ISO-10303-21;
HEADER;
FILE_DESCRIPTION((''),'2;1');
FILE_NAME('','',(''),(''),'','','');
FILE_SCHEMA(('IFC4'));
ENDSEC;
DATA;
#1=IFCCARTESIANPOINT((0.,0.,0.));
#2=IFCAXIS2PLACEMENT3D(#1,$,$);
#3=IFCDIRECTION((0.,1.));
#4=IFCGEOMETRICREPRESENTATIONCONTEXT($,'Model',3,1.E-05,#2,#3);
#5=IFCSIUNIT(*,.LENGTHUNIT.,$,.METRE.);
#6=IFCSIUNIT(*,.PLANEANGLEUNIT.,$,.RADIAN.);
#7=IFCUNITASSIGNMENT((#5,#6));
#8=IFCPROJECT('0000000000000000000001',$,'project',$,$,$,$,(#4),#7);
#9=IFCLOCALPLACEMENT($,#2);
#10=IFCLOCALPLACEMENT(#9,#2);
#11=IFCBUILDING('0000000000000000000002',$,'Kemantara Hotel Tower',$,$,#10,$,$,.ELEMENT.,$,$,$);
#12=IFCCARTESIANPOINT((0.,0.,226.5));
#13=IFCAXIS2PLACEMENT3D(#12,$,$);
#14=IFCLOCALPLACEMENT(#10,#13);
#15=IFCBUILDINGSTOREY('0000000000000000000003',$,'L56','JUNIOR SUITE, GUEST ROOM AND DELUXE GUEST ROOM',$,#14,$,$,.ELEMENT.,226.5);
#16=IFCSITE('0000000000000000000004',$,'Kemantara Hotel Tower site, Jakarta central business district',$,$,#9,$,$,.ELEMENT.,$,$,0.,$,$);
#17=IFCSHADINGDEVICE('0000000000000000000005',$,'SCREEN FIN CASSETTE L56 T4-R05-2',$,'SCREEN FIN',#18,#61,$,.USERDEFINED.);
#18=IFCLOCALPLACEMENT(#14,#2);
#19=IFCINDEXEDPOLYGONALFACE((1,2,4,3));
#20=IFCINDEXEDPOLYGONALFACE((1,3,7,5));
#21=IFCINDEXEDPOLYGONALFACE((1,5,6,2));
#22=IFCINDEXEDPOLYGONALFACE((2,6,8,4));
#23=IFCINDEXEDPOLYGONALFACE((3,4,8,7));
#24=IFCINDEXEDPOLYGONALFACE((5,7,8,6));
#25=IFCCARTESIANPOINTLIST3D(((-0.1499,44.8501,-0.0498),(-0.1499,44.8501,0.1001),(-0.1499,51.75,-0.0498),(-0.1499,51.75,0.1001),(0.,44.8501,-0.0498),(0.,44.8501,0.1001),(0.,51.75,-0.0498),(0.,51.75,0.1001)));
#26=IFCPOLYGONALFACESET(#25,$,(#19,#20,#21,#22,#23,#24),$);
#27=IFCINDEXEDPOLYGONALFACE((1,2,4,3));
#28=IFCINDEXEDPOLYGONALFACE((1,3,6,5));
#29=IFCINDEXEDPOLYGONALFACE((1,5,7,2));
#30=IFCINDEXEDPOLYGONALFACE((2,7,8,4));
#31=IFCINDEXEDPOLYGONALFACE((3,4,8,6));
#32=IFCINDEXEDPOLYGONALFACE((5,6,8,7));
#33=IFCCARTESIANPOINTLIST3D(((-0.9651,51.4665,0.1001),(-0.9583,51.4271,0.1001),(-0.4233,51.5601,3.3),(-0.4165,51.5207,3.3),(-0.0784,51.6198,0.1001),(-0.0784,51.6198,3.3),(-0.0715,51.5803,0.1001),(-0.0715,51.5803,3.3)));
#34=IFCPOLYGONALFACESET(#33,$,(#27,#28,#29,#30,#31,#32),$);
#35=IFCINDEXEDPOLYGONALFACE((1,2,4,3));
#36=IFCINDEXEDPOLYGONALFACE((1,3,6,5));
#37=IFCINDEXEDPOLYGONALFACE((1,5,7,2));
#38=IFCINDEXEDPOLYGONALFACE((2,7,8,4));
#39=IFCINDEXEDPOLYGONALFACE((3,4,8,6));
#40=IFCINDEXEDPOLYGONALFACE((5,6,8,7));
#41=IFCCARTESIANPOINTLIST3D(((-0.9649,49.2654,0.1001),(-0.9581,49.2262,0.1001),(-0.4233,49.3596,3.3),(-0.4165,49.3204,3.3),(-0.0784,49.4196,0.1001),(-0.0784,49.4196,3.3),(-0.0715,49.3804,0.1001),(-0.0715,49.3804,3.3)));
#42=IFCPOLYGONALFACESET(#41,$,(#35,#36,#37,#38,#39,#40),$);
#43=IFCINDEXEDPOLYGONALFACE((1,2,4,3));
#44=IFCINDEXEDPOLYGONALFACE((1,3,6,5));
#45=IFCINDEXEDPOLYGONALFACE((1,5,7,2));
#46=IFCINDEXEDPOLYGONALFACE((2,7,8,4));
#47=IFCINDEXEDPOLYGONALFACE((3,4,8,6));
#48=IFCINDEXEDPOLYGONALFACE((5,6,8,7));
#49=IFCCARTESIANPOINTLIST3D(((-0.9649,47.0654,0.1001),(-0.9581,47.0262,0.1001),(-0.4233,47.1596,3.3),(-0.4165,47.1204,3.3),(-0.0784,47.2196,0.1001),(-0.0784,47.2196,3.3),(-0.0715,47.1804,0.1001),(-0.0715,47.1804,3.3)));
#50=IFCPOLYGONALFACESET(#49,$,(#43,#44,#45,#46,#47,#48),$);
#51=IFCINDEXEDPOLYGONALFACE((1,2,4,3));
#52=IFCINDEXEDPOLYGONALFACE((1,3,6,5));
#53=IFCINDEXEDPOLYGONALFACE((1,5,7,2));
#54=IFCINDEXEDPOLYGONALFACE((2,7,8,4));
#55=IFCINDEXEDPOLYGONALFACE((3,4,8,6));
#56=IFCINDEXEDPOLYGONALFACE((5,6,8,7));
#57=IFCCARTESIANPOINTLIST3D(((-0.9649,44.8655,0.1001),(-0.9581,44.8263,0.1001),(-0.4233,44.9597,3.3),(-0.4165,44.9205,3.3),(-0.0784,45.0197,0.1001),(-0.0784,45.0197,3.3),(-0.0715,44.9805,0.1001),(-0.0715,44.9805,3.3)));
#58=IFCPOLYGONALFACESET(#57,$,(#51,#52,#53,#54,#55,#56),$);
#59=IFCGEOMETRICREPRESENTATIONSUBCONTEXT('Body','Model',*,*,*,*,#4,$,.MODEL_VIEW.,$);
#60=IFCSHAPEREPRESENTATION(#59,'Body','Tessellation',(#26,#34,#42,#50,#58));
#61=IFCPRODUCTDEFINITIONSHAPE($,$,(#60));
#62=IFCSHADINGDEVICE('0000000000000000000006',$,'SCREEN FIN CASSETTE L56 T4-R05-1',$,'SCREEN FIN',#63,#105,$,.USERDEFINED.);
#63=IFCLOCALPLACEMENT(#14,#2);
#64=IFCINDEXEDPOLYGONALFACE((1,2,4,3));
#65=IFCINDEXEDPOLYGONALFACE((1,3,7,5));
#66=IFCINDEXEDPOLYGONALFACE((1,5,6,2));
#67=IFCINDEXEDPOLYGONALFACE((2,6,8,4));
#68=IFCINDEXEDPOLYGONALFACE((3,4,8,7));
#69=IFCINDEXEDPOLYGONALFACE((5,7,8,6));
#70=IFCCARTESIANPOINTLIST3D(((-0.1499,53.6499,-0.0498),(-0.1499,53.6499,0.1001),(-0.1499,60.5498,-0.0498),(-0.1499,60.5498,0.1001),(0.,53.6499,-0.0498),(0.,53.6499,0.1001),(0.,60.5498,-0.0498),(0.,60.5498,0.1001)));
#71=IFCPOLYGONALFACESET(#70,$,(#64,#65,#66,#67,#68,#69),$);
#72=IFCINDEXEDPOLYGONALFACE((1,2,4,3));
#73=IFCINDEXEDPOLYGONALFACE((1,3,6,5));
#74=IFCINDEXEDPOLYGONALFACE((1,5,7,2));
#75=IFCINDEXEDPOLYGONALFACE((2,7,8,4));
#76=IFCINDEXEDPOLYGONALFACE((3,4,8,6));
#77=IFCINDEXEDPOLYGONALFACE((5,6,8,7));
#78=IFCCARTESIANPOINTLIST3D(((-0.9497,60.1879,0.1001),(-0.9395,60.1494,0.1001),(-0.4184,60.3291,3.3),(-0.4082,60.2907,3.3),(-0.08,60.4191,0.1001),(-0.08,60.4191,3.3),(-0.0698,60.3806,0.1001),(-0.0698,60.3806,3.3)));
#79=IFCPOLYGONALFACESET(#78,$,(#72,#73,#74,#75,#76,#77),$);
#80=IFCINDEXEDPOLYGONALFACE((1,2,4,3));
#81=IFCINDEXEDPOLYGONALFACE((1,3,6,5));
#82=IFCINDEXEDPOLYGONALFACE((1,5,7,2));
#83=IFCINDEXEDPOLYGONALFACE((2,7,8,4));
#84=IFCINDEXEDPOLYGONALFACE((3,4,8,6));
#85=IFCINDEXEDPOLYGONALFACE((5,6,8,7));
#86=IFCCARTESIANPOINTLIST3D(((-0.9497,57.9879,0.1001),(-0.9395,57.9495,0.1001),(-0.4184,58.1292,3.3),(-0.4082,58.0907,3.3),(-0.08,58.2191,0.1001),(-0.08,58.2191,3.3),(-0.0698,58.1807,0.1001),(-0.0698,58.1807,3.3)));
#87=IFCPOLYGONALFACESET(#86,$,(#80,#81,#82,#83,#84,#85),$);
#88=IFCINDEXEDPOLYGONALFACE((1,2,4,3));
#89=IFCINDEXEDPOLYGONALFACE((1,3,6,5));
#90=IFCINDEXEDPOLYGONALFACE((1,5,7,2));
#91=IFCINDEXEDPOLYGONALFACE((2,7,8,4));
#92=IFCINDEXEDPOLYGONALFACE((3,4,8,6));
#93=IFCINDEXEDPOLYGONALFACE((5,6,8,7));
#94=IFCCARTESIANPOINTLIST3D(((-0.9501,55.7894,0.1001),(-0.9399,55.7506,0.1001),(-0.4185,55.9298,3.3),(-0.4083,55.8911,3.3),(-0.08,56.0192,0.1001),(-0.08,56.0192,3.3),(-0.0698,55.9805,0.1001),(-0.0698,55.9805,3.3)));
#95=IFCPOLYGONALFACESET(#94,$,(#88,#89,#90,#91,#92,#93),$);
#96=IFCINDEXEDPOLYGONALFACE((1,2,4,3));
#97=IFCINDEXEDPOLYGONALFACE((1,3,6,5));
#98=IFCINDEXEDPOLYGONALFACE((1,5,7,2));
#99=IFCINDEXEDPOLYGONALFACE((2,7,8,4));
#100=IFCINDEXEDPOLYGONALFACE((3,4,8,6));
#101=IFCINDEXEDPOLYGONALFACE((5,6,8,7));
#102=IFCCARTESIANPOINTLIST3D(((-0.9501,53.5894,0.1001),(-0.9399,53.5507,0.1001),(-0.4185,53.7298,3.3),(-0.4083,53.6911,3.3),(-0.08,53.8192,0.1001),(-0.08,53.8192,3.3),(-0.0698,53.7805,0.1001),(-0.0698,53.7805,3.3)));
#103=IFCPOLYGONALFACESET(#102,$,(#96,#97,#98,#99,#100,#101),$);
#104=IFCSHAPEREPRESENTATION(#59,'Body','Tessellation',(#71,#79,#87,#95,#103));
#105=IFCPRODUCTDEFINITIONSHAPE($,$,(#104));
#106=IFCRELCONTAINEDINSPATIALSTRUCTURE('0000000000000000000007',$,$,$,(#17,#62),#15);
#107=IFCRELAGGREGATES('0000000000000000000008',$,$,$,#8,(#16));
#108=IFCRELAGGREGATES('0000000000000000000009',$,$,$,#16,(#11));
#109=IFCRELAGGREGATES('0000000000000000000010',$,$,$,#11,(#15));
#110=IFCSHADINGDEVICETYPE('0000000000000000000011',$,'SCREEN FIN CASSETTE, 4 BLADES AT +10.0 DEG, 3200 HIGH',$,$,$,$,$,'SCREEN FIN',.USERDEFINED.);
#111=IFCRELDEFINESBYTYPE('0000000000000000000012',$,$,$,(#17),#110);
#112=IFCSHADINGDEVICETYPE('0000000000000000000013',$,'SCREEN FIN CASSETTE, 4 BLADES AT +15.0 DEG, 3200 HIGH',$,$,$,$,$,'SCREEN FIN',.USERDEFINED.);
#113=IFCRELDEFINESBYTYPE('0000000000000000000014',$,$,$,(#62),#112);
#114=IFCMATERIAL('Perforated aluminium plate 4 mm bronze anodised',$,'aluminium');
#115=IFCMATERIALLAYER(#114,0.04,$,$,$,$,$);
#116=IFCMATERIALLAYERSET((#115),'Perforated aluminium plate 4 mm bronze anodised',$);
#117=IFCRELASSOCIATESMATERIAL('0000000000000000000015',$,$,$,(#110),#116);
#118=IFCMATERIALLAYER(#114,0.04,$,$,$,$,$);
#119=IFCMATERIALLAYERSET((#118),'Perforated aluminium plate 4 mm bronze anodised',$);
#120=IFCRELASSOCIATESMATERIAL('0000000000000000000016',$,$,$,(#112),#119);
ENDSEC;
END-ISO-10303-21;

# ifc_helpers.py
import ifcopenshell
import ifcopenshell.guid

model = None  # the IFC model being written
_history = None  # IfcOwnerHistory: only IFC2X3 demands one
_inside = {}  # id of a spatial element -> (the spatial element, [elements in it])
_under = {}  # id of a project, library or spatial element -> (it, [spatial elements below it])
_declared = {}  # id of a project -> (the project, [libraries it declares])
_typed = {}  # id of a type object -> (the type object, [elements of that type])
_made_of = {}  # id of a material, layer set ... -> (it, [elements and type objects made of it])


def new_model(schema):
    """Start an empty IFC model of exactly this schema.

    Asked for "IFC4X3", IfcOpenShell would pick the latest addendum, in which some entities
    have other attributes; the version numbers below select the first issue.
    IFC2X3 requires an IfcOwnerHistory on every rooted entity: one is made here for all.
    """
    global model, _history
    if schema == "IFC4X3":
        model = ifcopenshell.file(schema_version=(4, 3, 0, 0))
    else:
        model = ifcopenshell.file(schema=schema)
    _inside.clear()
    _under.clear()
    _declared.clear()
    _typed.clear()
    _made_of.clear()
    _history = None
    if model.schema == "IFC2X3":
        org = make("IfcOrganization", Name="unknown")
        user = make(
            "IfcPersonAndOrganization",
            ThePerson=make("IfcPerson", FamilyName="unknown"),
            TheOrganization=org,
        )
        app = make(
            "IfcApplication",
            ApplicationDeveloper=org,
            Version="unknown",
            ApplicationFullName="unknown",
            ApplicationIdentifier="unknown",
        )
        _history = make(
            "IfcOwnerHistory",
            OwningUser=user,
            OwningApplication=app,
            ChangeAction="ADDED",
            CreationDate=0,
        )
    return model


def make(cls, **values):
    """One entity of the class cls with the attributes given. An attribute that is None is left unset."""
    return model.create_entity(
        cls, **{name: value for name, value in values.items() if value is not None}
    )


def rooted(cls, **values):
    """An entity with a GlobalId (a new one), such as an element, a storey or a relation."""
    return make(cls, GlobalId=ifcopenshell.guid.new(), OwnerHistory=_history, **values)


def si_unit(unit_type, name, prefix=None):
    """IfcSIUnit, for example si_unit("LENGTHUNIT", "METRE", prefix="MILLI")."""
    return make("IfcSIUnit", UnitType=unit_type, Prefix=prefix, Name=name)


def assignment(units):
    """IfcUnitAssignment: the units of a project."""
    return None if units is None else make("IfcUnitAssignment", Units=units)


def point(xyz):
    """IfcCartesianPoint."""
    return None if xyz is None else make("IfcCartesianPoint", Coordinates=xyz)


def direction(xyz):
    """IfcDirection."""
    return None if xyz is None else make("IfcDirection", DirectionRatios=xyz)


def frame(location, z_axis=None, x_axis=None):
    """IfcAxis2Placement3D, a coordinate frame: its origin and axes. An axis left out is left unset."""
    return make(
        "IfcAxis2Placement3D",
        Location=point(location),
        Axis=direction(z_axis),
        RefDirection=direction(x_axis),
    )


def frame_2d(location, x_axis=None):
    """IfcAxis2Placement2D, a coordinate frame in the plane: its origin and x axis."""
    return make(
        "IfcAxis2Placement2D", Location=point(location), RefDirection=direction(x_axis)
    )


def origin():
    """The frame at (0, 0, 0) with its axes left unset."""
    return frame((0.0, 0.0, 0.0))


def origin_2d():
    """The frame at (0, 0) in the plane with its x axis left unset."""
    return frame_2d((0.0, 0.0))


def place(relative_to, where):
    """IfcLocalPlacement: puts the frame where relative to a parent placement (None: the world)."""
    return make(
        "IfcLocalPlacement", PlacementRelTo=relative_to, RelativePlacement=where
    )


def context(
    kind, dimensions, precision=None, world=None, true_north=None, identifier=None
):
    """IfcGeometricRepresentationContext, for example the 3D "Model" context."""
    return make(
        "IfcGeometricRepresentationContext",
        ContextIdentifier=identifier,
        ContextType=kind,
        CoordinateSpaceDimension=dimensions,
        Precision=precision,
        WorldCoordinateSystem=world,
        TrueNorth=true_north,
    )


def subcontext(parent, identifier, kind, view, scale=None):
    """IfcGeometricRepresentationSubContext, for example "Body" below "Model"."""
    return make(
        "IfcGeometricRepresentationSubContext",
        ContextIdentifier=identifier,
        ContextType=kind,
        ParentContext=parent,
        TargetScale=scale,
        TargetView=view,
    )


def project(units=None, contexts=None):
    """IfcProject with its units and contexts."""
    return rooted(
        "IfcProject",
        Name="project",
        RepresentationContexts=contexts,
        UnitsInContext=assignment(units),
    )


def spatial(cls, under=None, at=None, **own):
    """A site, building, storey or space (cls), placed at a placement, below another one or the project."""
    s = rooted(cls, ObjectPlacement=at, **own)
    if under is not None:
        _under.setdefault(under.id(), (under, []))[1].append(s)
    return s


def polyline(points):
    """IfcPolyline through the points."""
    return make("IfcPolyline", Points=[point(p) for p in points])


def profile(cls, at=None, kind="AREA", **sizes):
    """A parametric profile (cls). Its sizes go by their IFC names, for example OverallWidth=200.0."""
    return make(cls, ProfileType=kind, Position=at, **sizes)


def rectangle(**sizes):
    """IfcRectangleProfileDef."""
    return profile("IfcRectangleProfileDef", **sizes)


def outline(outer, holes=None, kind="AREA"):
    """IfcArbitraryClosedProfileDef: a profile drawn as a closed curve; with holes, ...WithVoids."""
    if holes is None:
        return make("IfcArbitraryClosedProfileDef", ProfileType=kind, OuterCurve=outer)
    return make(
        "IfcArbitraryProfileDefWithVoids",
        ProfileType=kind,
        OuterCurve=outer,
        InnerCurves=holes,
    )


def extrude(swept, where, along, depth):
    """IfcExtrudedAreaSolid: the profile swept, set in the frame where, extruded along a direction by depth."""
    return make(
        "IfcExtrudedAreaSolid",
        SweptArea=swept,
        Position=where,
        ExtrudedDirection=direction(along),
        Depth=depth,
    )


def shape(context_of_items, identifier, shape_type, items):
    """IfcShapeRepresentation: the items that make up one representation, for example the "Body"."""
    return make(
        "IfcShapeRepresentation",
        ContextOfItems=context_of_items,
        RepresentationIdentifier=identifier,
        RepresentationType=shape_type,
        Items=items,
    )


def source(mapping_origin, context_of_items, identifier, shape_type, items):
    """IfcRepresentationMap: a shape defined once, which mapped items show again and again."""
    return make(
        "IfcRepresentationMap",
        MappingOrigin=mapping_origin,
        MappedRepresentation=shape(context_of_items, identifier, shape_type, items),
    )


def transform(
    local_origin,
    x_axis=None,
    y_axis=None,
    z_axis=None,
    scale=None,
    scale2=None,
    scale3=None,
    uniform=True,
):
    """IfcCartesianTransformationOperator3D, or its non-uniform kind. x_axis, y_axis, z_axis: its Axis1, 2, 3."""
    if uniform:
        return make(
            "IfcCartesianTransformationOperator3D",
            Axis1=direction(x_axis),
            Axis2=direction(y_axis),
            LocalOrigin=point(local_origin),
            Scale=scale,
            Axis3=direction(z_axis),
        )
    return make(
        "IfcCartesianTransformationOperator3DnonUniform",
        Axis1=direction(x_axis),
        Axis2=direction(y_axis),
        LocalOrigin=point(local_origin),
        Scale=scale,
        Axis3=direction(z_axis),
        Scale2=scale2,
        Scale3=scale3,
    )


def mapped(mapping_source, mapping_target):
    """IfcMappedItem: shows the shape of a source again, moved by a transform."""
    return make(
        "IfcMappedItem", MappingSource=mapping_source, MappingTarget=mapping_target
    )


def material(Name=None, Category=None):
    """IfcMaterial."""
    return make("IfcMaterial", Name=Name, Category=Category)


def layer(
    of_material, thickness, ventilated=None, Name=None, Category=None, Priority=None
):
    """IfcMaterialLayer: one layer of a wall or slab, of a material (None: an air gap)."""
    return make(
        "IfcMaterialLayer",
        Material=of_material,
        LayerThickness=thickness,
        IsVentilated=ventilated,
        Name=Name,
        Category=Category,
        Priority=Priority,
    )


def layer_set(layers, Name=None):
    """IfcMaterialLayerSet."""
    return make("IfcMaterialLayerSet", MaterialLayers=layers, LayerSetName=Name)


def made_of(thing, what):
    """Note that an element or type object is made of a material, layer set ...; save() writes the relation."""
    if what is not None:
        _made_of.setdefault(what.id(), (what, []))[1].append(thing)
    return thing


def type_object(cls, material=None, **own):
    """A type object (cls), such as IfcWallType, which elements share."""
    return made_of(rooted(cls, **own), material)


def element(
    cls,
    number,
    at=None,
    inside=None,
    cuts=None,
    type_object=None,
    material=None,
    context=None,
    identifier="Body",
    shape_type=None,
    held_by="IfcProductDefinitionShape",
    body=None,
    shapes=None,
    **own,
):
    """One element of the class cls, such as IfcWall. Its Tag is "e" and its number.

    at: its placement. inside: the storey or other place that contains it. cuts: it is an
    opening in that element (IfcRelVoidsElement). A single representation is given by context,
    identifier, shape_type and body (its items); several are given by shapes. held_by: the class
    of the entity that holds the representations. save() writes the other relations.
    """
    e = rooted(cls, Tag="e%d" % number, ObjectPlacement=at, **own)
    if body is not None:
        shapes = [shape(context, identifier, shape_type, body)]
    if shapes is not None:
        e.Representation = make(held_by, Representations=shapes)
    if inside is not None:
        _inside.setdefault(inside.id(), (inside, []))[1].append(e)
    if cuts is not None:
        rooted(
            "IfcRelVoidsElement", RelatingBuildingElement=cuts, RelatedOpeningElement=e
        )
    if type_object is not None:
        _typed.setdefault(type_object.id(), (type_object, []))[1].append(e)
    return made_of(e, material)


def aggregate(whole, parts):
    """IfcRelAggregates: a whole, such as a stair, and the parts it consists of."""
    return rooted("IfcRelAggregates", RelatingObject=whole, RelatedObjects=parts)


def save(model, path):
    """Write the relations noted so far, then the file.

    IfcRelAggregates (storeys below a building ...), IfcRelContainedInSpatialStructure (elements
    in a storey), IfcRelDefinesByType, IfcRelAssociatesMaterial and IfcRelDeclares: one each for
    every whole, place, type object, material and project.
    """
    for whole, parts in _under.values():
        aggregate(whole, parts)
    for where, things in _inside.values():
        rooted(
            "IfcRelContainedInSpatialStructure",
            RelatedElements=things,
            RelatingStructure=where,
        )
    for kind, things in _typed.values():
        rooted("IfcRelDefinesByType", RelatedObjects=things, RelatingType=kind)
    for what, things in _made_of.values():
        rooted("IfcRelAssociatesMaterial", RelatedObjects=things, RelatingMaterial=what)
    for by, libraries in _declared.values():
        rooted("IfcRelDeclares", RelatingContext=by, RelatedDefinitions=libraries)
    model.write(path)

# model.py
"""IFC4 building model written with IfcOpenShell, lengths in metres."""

from ifc_helpers import new_model, si_unit, direction, frame, origin, origin_2d, place, context, subcontext, project, spatial, polyline, rectangle, outline, extrude, source, transform, mapped, material, layer, layer_set, type_object, element, save


model = new_model("IFC4")

# Units and contexts
model_context = context("Model", 3, precision=1e-05, world=origin(), true_north=direction((0.0, 1.0)))
body_context = subcontext(model_context, "Body", "Model", "MODEL_VIEW")
ifc_project = project(units=[si_unit("LENGTHUNIT", "METRE"), si_unit("PLANEANGLEUNIT", "RADIAN")], contexts=[model_context])

# Site, building, storey
site_placement = place(None, origin())
site = spatial("IfcSite", under=ifc_project, at=site_placement, Name="Kemantara Hotel Tower site, Jakarta central business district", CompositionType="ELEMENT", RefElevation=0.0)
building_placement = place(site_placement, origin())
building = spatial("IfcBuilding", under=site, at=building_placement, Name="Kemantara Hotel Tower", CompositionType="ELEMENT")
storey_placement = place(building_placement, frame((0.0, 0.0, 226.5)))
storey = spatial("IfcBuildingStorey", under=building, at=storey_placement, Name="L56", Description="JUNIOR SUITE, GUEST ROOM AND DELUXE GUEST ROOM", CompositionType="ELEMENT", Elevation=226.5)

# Shading devices
ifc_material_1 = material(Name="Perforated aluminium plate 4 mm bronze anodised", Category="aluminium")
ifc_layer_1 = layer(ifc_material_1, 0.04)
ifc_layer_set_1 = layer_set([ifc_layer_1], Name="Perforated aluminium plate 4 mm bronze anodised")
shading_device_type_1 = type_object("IfcShadingDeviceType", Name="SCREEN FIN CASSETTE, 4 BLADES AT +10.0 DEG, 3200 HIGH", ElementType="SCREEN FIN", PredefinedType="USERDEFINED", material=ifc_layer_set_1)
shared_shape_1 = source(origin(), body_context, "Body", "SweptSolid", [
    extrude(rectangle(XDim=6.8999, YDim=0.1499, at=origin_2d()), frame((3.3, -0.075, -0.1499), z_axis=(0.0, 0.0, 1.0), x_axis=(1.0, 0.0, 0.0)), (0.0, 0.0, 1.0), 0.1499),
    extrude(outline(polyline([(0.0, 0.0), (0.8999, 0.0), (0.3501, 3.2), (0.0, 3.2), (0.0, 0.0)])), frame((0.0198, -0.0715, 0.0), z_axis=(-0.98539, -0.170314, 0.0), x_axis=(0.170314, -0.98539, 0.0)), (0.0, 0.0, 1.0), 0.04),
    extrude(outline(polyline([(0.0, 0.0), (0.8999, 0.0), (0.3501, 3.2), (0.0, 3.2), (0.0, 0.0)])), frame((2.2197, -0.0715, 0.0), z_axis=(-0.985212, -0.171341, 0.0), x_axis=(0.171341, -0.985212, 0.0)), (0.0, 0.0, 1.0), 0.0398),
    extrude(outline(polyline([(0.0, 0.0), (0.8999, 0.0), (0.3501, 3.2), (0.0, 3.2), (0.0, 0.0)])), frame((4.4197, -0.0715, 0.0), z_axis=(-0.985212, -0.171341, 0.0), x_axis=(0.171341, -0.985212, 0.0)), (0.0, 0.0, 1.0), 0.0398),
    extrude(outline(polyline([(0.0, 0.0), (0.8999, 0.0), (0.3501, 3.2), (0.0, 3.2), (0.0, 0.0)])), frame((6.6196, -0.0715, 0.0), z_axis=(-0.985212, -0.171341, 0.0), x_axis=(0.171341, -0.985212, 0.0)), (0.0, 0.0, 1.0), 0.0398),
])
shading_device_1_placement = place(storey_placement, frame((0.0, 51.6001, 0.1001), z_axis=(0.0, 0.0, 1.0), x_axis=(0.0, -1.0, 0.0)))
element("IfcShadingDevice", 1, at=shading_device_1_placement, inside=storey, type_object=shading_device_type_1, Name="SCREEN FIN CASSETTE L56 T4-R05-2", ObjectType="SCREEN FIN", PredefinedType="USERDEFINED", context=body_context, shape_type="MappedRepresentation", body=[
    mapped(shared_shape_1, transform((0.0, 0.0, 0.0))),
])
ifc_layer_2 = layer(ifc_material_1, 0.04)
ifc_layer_set_2 = layer_set([ifc_layer_2], Name="Perforated aluminium plate 4 mm bronze anodised")
shading_device_type_2 = type_object("IfcShadingDeviceType", Name="SCREEN FIN CASSETTE, 4 BLADES AT +15.0 DEG, 3200 HIGH", ElementType="SCREEN FIN", PredefinedType="USERDEFINED", material=ifc_layer_set_2)
shared_shape_2 = source(origin(), body_context, "Body", "SweptSolid", [
    extrude(rectangle(XDim=6.8999, YDim=0.1499, at=origin_2d()), frame((3.3, -0.075, -0.1499), z_axis=(0.0, 0.0, 1.0), x_axis=(1.0, 0.0, 0.0)), (0.0, 0.0, 1.0), 0.1499),
    extrude(outline(polyline([(0.0, 0.0), (0.8999, 0.0), (0.3501, 3.2), (0.0, 3.2), (0.0, 0.0)])), frame((0.0193, -0.0698, 0.0), z_axis=(-0.966438, -0.256901, 0.0), x_axis=(0.256901, -0.966438, 0.0)), (0.0, 0.0, 1.0), 0.0398),
    extrude(outline(polyline([(0.0, 0.0), (0.8999, 0.0), (0.3501, 3.2), (0.0, 3.2), (0.0, 0.0)])), frame((2.2192, -0.0698, 0.0), z_axis=(-0.966438, -0.256901, 0.0), x_axis=(0.256901, -0.966438, 0.0)), (0.0, 0.0, 1.0), 0.0398),
    extrude(outline(polyline([(0.0, 0.0), (0.8999, 0.0), (0.3501, 3.2), (0.0, 3.2), (0.0, 0.0)])), frame((4.4194, -0.0698, 0.0), z_axis=(-0.966838, -0.255391, 0.0), x_axis=(0.255391, -0.966838, 0.0)), (0.0, 0.0, 1.0), 0.04),
    extrude(outline(polyline([(0.0, 0.0), (0.8999, 0.0), (0.3501, 3.2), (0.0, 3.2), (0.0, 0.0)])), frame((6.6194, -0.0698, 0.0), z_axis=(-0.966838, -0.255391, 0.0), x_axis=(0.255391, -0.966838, 0.0)), (0.0, 0.0, 1.0), 0.04),
])
shading_device_2_placement = place(storey_placement, frame((0.0, 60.3999, 0.1001), z_axis=(0.0, 0.0, 1.0), x_axis=(0.0, -1.0, 0.0)))
element("IfcShadingDevice", 2, at=shading_device_2_placement, inside=storey, type_object=shading_device_type_2, Name="SCREEN FIN CASSETTE L56 T4-R05-1", ObjectType="SCREEN FIN", PredefinedType="USERDEFINED", context=body_context, shape_type="MappedRepresentation", body=[
    mapped(shared_shape_2, transform((0.0, 0.0, 0.0))),
])

save(model, "model.ifc")
